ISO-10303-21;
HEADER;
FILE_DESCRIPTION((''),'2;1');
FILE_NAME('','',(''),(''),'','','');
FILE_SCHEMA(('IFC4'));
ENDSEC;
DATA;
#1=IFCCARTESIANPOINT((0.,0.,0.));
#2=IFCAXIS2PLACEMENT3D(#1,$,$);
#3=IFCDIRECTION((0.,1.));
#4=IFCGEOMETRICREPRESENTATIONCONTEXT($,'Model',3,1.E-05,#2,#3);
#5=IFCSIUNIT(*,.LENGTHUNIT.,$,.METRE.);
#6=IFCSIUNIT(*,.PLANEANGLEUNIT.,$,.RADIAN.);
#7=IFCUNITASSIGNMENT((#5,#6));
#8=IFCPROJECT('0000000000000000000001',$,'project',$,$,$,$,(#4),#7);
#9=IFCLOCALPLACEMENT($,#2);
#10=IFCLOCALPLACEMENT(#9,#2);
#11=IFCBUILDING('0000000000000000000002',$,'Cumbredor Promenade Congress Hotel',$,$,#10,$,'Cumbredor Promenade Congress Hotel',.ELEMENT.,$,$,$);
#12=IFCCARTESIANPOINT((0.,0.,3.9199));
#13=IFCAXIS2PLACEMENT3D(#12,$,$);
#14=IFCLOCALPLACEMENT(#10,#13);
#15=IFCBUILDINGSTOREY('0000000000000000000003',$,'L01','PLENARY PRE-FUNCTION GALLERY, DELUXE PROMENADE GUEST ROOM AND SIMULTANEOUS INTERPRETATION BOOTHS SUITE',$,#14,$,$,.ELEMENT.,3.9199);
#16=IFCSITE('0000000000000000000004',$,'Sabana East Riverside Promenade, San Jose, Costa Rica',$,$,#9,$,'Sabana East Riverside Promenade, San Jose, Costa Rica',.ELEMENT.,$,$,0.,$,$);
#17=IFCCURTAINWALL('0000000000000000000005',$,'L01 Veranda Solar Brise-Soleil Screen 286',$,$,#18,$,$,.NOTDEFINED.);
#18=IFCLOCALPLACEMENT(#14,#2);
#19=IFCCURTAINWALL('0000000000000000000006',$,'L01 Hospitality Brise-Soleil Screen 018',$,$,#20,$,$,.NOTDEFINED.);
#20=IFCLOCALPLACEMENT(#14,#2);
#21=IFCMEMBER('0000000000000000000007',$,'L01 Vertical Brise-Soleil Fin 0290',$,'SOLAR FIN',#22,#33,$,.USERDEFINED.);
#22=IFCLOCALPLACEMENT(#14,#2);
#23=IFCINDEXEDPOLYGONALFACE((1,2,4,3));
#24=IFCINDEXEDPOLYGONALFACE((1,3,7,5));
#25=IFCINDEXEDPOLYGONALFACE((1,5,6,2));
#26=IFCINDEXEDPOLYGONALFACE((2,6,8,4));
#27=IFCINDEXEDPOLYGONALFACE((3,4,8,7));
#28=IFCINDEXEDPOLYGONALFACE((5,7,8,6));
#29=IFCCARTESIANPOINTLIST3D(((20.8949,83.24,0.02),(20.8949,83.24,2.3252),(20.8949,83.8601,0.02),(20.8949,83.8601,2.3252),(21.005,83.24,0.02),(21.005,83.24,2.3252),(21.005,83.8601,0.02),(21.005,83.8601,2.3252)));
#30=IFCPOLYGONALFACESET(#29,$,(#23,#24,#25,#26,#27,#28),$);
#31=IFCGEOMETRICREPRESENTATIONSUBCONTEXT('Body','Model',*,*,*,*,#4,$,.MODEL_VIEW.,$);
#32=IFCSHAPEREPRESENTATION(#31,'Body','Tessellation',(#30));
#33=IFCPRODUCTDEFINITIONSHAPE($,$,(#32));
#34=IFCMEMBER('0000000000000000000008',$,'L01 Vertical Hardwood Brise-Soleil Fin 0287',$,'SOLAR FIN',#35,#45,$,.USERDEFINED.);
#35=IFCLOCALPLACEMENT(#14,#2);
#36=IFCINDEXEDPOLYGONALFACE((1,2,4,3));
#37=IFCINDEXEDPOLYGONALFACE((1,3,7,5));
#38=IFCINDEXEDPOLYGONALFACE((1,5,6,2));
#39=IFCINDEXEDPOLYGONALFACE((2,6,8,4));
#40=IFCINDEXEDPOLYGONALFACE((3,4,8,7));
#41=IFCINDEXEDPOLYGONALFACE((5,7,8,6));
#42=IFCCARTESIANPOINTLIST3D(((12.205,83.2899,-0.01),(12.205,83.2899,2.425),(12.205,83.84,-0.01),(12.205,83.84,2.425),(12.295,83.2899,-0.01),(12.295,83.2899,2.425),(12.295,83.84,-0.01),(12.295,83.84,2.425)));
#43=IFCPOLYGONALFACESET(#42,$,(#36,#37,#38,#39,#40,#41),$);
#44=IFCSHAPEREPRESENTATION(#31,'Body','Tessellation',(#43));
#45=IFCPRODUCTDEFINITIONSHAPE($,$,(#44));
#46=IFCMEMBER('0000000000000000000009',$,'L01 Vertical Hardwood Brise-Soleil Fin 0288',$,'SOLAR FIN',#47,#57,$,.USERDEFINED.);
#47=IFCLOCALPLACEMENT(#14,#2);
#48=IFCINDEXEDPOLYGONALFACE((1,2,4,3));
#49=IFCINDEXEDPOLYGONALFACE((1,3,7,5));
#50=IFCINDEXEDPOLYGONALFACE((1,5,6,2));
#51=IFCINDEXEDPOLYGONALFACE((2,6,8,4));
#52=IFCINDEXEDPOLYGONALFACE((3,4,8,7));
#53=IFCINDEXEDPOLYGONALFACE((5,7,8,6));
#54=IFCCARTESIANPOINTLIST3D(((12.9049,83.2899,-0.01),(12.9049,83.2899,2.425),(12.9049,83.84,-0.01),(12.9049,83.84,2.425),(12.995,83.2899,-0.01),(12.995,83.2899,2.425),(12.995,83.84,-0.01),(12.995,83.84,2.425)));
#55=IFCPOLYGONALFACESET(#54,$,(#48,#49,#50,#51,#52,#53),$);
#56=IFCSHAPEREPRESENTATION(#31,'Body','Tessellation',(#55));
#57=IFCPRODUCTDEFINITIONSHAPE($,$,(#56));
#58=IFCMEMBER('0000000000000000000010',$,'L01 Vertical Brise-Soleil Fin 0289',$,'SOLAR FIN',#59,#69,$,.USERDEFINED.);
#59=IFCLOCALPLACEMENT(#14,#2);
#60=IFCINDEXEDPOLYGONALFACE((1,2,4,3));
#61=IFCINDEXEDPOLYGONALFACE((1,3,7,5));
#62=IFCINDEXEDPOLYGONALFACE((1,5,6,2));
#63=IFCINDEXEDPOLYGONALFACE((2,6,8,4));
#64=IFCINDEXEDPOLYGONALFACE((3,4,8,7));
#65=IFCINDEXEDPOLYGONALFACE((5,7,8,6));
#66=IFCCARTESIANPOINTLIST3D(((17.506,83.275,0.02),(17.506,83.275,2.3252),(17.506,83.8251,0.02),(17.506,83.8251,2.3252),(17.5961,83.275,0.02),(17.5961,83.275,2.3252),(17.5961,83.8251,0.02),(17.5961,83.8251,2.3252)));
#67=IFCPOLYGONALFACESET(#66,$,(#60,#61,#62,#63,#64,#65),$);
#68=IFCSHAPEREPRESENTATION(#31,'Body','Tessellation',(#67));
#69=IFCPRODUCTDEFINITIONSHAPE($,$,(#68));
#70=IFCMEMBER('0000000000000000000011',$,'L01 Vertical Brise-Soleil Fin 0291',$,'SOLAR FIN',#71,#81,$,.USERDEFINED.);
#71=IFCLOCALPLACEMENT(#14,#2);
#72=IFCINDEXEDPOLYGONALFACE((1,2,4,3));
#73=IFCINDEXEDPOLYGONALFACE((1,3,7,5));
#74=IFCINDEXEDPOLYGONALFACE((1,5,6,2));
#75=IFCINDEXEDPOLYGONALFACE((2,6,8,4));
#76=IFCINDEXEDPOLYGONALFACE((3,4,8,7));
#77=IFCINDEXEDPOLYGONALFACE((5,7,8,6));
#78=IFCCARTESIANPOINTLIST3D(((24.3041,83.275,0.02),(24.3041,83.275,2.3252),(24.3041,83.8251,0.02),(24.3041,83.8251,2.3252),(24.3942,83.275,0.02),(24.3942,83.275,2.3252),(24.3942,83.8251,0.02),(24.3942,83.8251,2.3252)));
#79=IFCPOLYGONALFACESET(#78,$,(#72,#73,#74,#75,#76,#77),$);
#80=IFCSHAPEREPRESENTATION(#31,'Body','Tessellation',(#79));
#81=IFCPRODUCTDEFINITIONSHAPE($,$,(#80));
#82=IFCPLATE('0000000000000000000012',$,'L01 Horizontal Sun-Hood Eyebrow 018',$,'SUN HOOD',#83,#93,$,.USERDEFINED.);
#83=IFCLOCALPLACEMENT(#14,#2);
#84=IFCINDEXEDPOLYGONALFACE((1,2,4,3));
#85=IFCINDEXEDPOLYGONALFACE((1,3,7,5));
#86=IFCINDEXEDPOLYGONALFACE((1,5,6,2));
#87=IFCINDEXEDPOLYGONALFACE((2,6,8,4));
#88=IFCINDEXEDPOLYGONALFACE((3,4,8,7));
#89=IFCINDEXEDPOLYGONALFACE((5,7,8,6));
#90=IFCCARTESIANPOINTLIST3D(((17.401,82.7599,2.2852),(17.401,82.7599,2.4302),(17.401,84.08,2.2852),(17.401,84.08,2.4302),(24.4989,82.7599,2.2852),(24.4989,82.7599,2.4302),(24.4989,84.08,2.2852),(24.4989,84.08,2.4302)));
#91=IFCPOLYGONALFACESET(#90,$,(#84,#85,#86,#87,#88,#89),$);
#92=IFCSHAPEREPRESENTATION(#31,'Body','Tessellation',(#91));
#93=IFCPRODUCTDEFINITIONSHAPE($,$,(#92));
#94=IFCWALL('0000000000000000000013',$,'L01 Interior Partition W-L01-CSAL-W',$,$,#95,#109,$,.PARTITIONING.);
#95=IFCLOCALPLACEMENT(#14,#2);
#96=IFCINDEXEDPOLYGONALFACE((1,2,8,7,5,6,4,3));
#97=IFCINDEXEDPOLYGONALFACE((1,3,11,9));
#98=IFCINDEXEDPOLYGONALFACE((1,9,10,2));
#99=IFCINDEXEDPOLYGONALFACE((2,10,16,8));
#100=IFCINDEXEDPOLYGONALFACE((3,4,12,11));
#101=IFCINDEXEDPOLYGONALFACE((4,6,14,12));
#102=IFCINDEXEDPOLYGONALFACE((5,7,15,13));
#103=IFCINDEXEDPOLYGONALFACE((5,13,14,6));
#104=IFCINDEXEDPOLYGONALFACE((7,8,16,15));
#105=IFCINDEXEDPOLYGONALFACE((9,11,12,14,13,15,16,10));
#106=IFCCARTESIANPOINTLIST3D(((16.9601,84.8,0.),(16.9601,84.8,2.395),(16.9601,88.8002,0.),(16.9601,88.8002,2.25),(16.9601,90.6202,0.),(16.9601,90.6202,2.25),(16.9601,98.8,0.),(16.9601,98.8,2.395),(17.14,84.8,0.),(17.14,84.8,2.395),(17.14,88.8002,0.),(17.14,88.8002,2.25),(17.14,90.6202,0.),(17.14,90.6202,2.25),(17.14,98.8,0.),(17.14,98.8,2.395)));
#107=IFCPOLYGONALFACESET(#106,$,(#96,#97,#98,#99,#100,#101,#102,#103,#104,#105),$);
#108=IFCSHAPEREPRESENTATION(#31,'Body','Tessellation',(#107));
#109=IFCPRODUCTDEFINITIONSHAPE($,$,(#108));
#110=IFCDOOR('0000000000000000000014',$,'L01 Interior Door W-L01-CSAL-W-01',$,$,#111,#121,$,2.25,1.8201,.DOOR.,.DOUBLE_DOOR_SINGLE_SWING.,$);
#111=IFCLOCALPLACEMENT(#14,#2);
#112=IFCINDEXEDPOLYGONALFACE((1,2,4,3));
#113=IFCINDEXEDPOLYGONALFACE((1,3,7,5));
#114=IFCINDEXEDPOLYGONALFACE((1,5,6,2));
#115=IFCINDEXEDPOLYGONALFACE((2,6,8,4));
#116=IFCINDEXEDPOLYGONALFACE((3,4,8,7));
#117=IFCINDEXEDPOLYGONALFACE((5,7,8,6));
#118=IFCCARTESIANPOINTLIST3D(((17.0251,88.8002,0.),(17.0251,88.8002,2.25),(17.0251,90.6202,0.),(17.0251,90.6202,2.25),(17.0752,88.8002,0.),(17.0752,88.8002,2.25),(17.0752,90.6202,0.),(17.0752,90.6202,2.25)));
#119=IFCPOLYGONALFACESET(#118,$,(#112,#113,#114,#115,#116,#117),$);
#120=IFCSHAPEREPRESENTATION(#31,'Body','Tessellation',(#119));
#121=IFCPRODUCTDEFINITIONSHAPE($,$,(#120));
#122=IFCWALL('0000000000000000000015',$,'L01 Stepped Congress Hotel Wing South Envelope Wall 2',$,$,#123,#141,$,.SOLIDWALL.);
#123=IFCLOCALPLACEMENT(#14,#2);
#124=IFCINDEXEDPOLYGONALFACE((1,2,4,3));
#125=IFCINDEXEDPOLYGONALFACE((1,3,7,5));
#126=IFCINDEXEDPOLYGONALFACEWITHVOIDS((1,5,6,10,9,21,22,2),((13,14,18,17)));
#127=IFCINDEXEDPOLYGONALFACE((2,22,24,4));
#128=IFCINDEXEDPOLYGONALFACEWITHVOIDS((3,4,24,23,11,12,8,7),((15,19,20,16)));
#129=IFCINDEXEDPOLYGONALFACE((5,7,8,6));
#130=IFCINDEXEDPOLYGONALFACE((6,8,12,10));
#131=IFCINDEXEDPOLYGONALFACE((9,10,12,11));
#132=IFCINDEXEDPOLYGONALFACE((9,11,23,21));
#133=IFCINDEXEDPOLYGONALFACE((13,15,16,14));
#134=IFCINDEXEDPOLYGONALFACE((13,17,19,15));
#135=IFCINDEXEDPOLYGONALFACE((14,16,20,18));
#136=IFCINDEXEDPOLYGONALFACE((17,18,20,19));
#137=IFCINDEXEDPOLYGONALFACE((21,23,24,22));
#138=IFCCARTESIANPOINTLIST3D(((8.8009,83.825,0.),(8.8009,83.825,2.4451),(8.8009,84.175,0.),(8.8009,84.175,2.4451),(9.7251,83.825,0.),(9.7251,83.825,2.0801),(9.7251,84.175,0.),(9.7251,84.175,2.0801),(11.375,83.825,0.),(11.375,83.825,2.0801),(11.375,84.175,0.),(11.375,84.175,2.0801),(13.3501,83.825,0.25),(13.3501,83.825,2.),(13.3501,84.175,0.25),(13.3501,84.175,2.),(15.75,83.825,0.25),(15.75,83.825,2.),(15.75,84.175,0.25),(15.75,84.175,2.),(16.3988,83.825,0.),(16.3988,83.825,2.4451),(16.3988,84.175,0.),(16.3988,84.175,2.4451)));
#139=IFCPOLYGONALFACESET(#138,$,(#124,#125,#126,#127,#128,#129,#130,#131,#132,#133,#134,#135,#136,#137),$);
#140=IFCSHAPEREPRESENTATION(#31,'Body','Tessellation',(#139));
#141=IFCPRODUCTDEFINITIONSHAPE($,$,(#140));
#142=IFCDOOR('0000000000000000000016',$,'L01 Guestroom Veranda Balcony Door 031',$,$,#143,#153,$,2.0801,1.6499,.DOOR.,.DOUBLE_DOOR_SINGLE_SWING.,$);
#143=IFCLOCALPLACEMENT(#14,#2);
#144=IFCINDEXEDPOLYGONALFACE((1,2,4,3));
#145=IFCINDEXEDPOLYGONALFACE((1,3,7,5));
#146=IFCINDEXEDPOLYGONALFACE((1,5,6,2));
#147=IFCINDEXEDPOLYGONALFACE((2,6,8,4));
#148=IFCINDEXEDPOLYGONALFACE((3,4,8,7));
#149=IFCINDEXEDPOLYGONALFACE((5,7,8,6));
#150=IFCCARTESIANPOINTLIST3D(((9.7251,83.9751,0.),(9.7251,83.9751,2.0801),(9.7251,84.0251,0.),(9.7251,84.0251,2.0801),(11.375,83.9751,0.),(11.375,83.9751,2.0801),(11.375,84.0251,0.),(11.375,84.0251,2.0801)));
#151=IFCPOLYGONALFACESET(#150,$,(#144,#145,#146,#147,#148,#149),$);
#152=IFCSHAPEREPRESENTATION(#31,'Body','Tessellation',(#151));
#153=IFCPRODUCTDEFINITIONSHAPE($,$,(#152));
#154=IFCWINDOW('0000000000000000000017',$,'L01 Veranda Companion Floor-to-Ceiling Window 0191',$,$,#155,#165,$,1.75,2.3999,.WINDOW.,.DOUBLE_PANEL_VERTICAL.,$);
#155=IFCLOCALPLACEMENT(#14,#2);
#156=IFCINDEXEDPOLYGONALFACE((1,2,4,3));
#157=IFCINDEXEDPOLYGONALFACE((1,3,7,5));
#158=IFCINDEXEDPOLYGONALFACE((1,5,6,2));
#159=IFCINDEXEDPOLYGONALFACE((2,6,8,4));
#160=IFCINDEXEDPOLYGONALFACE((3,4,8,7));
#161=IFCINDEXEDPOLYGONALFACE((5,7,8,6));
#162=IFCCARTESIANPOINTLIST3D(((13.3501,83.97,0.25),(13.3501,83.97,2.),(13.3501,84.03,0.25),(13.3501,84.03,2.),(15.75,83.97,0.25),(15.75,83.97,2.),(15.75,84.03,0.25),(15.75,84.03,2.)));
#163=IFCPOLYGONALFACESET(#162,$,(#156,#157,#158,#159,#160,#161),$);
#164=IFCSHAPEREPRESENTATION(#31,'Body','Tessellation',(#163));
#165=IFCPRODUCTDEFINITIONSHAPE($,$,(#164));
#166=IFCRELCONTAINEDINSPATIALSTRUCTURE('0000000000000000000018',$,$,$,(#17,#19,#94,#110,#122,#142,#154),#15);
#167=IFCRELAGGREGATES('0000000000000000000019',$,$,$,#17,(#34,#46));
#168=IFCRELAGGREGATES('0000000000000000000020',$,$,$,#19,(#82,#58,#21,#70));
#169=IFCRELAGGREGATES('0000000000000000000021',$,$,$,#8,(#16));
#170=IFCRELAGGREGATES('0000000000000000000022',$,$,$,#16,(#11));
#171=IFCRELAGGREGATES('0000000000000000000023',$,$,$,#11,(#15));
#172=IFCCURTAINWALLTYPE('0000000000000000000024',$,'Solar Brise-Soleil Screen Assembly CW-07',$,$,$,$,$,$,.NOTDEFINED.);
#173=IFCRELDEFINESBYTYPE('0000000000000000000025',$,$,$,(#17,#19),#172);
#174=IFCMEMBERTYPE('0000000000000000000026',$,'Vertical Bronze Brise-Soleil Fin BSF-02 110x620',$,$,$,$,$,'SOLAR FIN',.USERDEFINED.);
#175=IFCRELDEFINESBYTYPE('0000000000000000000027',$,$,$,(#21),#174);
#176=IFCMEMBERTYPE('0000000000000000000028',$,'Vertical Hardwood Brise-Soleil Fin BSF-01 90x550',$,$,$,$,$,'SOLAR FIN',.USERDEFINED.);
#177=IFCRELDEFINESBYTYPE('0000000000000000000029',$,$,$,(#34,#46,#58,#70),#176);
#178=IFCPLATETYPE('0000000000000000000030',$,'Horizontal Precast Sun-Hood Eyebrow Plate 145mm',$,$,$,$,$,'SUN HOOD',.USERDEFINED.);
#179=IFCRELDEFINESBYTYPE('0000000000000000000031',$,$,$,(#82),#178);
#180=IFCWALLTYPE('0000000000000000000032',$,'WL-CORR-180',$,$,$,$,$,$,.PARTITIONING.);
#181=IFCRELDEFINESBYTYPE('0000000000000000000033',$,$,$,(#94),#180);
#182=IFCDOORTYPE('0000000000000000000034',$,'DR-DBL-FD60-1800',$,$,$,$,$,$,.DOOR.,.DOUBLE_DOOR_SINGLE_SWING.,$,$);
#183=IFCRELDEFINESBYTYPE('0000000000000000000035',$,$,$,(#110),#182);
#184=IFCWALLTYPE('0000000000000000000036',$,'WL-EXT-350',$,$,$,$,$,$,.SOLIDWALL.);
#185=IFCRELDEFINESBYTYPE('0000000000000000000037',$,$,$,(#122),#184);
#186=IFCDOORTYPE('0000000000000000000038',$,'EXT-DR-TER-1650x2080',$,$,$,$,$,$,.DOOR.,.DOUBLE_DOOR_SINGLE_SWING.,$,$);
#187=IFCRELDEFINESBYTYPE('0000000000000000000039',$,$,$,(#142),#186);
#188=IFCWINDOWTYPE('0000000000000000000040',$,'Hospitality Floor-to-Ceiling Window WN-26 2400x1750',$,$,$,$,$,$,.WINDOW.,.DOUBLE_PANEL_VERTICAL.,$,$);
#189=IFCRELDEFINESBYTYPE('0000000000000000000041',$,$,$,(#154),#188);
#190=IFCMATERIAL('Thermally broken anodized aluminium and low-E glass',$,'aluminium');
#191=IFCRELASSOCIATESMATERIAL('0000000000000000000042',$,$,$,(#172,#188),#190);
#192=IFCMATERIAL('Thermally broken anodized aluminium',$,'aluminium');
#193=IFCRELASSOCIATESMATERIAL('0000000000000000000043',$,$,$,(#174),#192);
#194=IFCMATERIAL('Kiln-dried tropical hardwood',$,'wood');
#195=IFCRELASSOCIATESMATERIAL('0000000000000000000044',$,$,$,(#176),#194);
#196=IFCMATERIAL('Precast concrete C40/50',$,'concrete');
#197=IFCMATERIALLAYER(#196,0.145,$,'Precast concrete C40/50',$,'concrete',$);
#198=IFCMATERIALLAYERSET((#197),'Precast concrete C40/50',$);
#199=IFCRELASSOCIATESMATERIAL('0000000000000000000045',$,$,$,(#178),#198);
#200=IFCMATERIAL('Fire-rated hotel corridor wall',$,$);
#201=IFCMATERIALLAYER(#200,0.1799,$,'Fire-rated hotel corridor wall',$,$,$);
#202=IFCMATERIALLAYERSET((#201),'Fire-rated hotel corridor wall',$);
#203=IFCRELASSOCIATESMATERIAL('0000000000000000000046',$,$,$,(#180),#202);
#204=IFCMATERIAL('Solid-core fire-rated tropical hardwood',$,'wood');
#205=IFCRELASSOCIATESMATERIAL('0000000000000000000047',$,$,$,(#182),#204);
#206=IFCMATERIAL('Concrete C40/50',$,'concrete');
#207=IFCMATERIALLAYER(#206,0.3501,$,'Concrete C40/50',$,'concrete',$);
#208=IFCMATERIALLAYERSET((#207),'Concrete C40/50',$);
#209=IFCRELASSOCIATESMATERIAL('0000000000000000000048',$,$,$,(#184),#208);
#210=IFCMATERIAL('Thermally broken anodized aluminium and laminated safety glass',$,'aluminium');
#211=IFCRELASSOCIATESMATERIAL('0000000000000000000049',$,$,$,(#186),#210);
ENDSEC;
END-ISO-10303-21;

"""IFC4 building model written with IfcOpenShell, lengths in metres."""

from ifc_helpers import new_model, si_unit, direction, frame, frame_2d, origin, origin_2d, place, context, subcontext, project, spatial, rectangle, extrude, material, layer, layer_set, material_profile, profile_set, type_object, element, fill, aggregate, save


model = new_model("IFC4")

# Units and contexts
model_context = context("Model", 3, precision=1e-05, world=origin(), true_north=direction((0.0, 1.0)))
body_context = subcontext(model_context, "Body", "Model", "MODEL_VIEW")
ifc_project = project(units=[si_unit("LENGTHUNIT", "METRE"), si_unit("PLANEANGLEUNIT", "RADIAN")], contexts=[model_context])

# Site, building, storey
site_placement = place(None, origin())
site = spatial("IfcSite", under=ifc_project, at=site_placement, Name="Sabana East Riverside Promenade, San Jose, Costa Rica", LongName="Sabana East Riverside Promenade, San Jose, Costa Rica", CompositionType="ELEMENT", RefElevation=0.0)
building_placement = place(site_placement, origin())
building = spatial("IfcBuilding", under=site, at=building_placement, Name="Cumbredor Promenade Congress Hotel", LongName="Cumbredor Promenade Congress Hotel", CompositionType="ELEMENT")
storey_placement = place(building_placement, frame((0.0, 0.0, 3.9199)))
storey = spatial("IfcBuildingStorey", under=building, at=storey_placement, Name="L01", Description="PLENARY PRE-FUNCTION GALLERY, DELUXE PROMENADE GUEST ROOM AND SIMULTANEOUS INTERPRETATION BOOTHS SUITE", CompositionType="ELEMENT", Elevation=3.9199)

# Shared definitions
ifc_material_1 = material(Name="Concrete C40/50", Category="concrete")

# Curtain walls
ifc_material_2 = material(Name="Thermally broken anodized aluminium and low-E glass", Category="aluminium")
curtain_wall_type_1 = type_object("IfcCurtainWallType", Name="Solar Brise-Soleil Screen Assembly CW-07", PredefinedType="NOTDEFINED", material=ifc_material_2)
curtain_wall_1_placement = place(storey_placement, origin())
curtain_wall_1 = element("IfcCurtainWall", 1, at=curtain_wall_1_placement, inside=storey, type_object=curtain_wall_type_1, Name="L01 Veranda Solar Brise-Soleil Screen 286", PredefinedType="NOTDEFINED")
ifc_material_3 = material(Name="Thermally broken anodized aluminium", Category="aluminium")
curtain_wall_2_placement = place(storey_placement, origin())
curtain_wall_2 = element("IfcCurtainWall", 2, at=curtain_wall_2_placement, inside=storey, type_object=curtain_wall_type_1, Name="L01 Hospitality Brise-Soleil Screen 018", PredefinedType="NOTDEFINED")

# Members
ifc_material_profile_1 = material_profile(ifc_material_3, rectangle(XDim=0.1101, YDim=0.6201, at=origin_2d()), Name="ARCH FIN 110x620")
ifc_profile_set_1 = profile_set([ifc_material_profile_1], Name="Thermally broken anodized aluminium")
member_type_1 = type_object("IfcMemberType", Name="Vertical Bronze Brise-Soleil Fin BSF-02 110x620", ElementType="SOLAR FIN", PredefinedType="USERDEFINED", material=ifc_profile_set_1)
member_1_placement = place(storey_placement, frame((20.95, 83.55, 0.02), z_axis=(0.0, 0.0, 1.0), x_axis=(1.0, 0.0, 0.0)))
member_1 = element("IfcMember", 3, at=member_1_placement, type_object=member_type_1, Name="L01 Vertical Brise-Soleil Fin 0290", ObjectType="SOLAR FIN", PredefinedType="USERDEFINED", context=body_context, shape_type="SweptSolid", body=[
    extrude(rectangle(XDim=0.1101, YDim=0.6201, at=origin_2d()), origin(), (0.0, 0.0, 1.0), 2.3052),
])
ifc_material_4 = material(Name="Kiln-dried tropical hardwood", Category="wood")
ifc_material_profile_2 = material_profile(ifc_material_4, rectangle(XDim=0.0901, YDim=0.55, at=origin_2d()), Name="ARCH FIN 90x550")
ifc_profile_set_2 = profile_set([ifc_material_profile_2], Name="Kiln-dried tropical hardwood")
member_type_2 = type_object("IfcMemberType", Name="Vertical Hardwood Brise-Soleil Fin BSF-01 90x550", ElementType="SOLAR FIN", PredefinedType="USERDEFINED", material=ifc_profile_set_2)
member_2_placement = place(storey_placement, frame((12.25, 83.5649, -0.01), z_axis=(0.0, 0.0, 1.0), x_axis=(1.0, 0.0, 0.0)))
member_2 = element("IfcMember", 4, at=member_2_placement, type_object=member_type_2, Name="L01 Vertical Hardwood Brise-Soleil Fin 0287", ObjectType="SOLAR FIN", PredefinedType="USERDEFINED", context=body_context, shape_type="SweptSolid", body=[
    extrude(rectangle(XDim=0.0901, YDim=0.55, at=origin_2d()), origin(), (0.0, 0.0, 1.0), 2.4351),
])
member_3_placement = place(storey_placement, frame((12.95, 83.5649, -0.01), z_axis=(0.0, 0.0, 1.0), x_axis=(1.0, 0.0, 0.0)))
member_3 = element("IfcMember", 5, at=member_3_placement, type_object=member_type_2, Name="L01 Vertical Hardwood Brise-Soleil Fin 0288", ObjectType="SOLAR FIN", PredefinedType="USERDEFINED", context=body_context, shape_type="SweptSolid", body=[
    extrude(rectangle(XDim=0.0901, YDim=0.55, at=origin_2d()), origin(), (0.0, 0.0, 1.0), 2.4351),
])
aggregate(curtain_wall_1, [member_2, member_3])
member_4_placement = place(storey_placement, frame((17.551, 83.55, 0.02), z_axis=(0.0, 0.0, 1.0), x_axis=(1.0, 0.0, 0.0)))
member_4 = element("IfcMember", 6, at=member_4_placement, type_object=member_type_2, Name="L01 Vertical Brise-Soleil Fin 0289", ObjectType="SOLAR FIN", PredefinedType="USERDEFINED", context=body_context, shape_type="SweptSolid", body=[
    extrude(rectangle(XDim=0.0901, YDim=0.55, at=origin_2d()), origin(), (0.0, 0.0, 1.0), 2.3052),
])
member_5_placement = place(storey_placement, frame((24.3491, 83.55, 0.02), z_axis=(0.0, 0.0, 1.0), x_axis=(1.0, 0.0, 0.0)))
member_5 = element("IfcMember", 7, at=member_5_placement, type_object=member_type_2, Name="L01 Vertical Brise-Soleil Fin 0291", ObjectType="SOLAR FIN", PredefinedType="USERDEFINED", context=body_context, shape_type="SweptSolid", body=[
    extrude(rectangle(XDim=0.0901, YDim=0.55, at=origin_2d()), origin(), (0.0, 0.0, 1.0), 2.3052),
])

# Plate
ifc_material_5 = material(Name="Precast concrete C40/50", Category="concrete")
ifc_layer_1 = layer(ifc_material_5, 0.145, Name="Precast concrete C40/50", Category="concrete")
ifc_layer_set_1 = layer_set([ifc_layer_1], Name="Precast concrete C40/50")
plate_type = type_object("IfcPlateType", Name="Horizontal Precast Sun-Hood Eyebrow Plate 145mm", ElementType="SUN HOOD", PredefinedType="USERDEFINED", material=ifc_layer_set_1)
plate_placement = place(storey_placement, frame((20.95, 83.4199, 2.2852), z_axis=(0.0, 0.0, 1.0), x_axis=(1.0, 0.0, 0.0)))
plate = element("IfcPlate", 8, at=plate_placement, type_object=plate_type, Name="L01 Horizontal Sun-Hood Eyebrow 018", ObjectType="SUN HOOD", PredefinedType="USERDEFINED", context=body_context, shape_type="SweptSolid", body=[
    extrude(rectangle(XDim=7.0979, YDim=1.3201, at=origin_2d()), origin(), (0.0, 0.0, 1.0), 0.145),
])
aggregate(curtain_wall_2, [plate, member_4, member_1, member_5])

# Wall, opening, door
ifc_material_6 = material(Name="Fire-rated hotel corridor wall")
ifc_layer_2 = layer(ifc_material_6, 0.1799, Name="Fire-rated hotel corridor wall")
ifc_layer_set_2 = layer_set([ifc_layer_2], Name="Fire-rated hotel corridor wall")
wall_type_1 = type_object("IfcWallType", Name="WL-CORR-180", PredefinedType="PARTITIONING", material=ifc_layer_set_2)
wall_1_placement = place(storey_placement, frame((17.05, 84.8, 0.0), z_axis=(0.0, 0.0, 1.0), x_axis=(0.0, 1.0, 0.0)))
wall_1 = element("IfcWall", 9, at=wall_1_placement, inside=storey, type_object=wall_type_1, Name="L01 Interior Partition W-L01-CSAL-W", PredefinedType="PARTITIONING", context=body_context, shape_type="SweptSolid", body=[
    extrude(rectangle(XDim=14.0, YDim=0.1799, at=frame_2d((7.0, 0.0))), origin(), (0.0, 0.0, 1.0), 2.395),
])
opening_1_placement = place(wall_1_placement, frame((4.0, 0.0, 0.0)))
opening_1 = element("IfcOpeningElement", 10, at=opening_1_placement, cuts=wall_1, PredefinedType="OPENING", context=body_context, shape_type="SweptSolid", body=[
    extrude(rectangle(XDim=1.8201, YDim=2.25, at=frame_2d((0.9102, 1.125))), frame((0.0, 0.1001, 0.0), z_axis=(0.0, -1.0, 0.0), x_axis=(1.0, 0.0, 0.0)), (0.0, 0.0, 1.0), 0.2),
])
ifc_material_7 = material(Name="Solid-core fire-rated tropical hardwood", Category="wood")
door_type_1 = type_object("IfcDoorType", Name="DR-DBL-FD60-1800", OperationType="DOUBLE_DOOR_SINGLE_SWING", PredefinedType="DOOR", material=ifc_material_7)
door_1_placement = place(opening_1_placement, origin())
door_1 = element("IfcDoor", 11, at=door_1_placement, inside=storey, type_object=door_type_1, Name="L01 Interior Door W-L01-CSAL-W-01", OperationType="DOUBLE_DOOR_SINGLE_SWING", OverallHeight=2.25, OverallWidth=1.8201, PredefinedType="DOOR", context=body_context, shape_type="SweptSolid", body=[
    extrude(rectangle(XDim=1.8201, YDim=2.25, at=frame_2d((0.9102, 1.125))), frame((0.0, 0.0249, 0.0), z_axis=(0.0, -1.0, 0.0), x_axis=(1.0, 0.0, 0.0)), (0.0, 0.0, 1.0), 0.05),
])
fill(opening_1, door_1)

# Wall, openings, door, window
ifc_layer_3 = layer(ifc_material_1, 0.3501, Name="Concrete C40/50", Category="concrete")
ifc_layer_set_3 = layer_set([ifc_layer_3], Name="Concrete C40/50")
wall_type_2 = type_object("IfcWallType", Name="WL-EXT-350", PredefinedType="SOLIDWALL", material=ifc_layer_set_3)
wall_2_placement = place(storey_placement, frame((8.801, 84.0, 0.0), z_axis=(0.0, 0.0, 1.0), x_axis=(1.0, 0.0, 0.0)))
wall_2 = element("IfcWall", 12, at=wall_2_placement, inside=storey, type_object=wall_type_2, Name="L01 Stepped Congress Hotel Wing South Envelope Wall 2", PredefinedType="SOLIDWALL", context=body_context, shape_type="SweptSolid", body=[
    extrude(rectangle(XDim=7.5979, YDim=0.3501, at=frame_2d((3.7988, 0.0))), origin(), (0.0, 0.0, 1.0), 2.4451),
])
opening_2_placement = place(wall_2_placement, frame((0.9241, 0.0, 0.0)))
opening_2 = element("IfcOpeningElement", 13, at=opening_2_placement, cuts=wall_2, PredefinedType="OPENING", context=body_context, shape_type="SweptSolid", body=[
    extrude(rectangle(XDim=1.6499, YDim=2.0801, at=frame_2d((0.825, 1.04))), frame((0.0, 0.1851, 0.0), z_axis=(0.0, -1.0, 0.0), x_axis=(1.0, 0.0, 0.0)), (0.0, 0.0, 1.0), 0.3701),
])
opening_3_placement = place(wall_2_placement, frame((4.5491, 0.0, 0.25)))
opening_3 = element("IfcOpeningElement", 14, at=opening_3_placement, cuts=wall_2, PredefinedType="OPENING", context=body_context, shape_type="SweptSolid", body=[
    extrude(rectangle(XDim=2.3999, YDim=1.75, at=frame_2d((1.2, 0.875))), frame((0.0, 0.1851, 0.0), z_axis=(0.0, -1.0, 0.0), x_axis=(1.0, 0.0, 0.0)), (0.0, 0.0, 1.0), 0.3701),
])
ifc_material_8 = material(Name="Thermally broken anodized aluminium and laminated safety glass", Category="aluminium")
door_type_2 = type_object("IfcDoorType", Name="EXT-DR-TER-1650x2080", OperationType="DOUBLE_DOOR_SINGLE_SWING", PredefinedType="DOOR", material=ifc_material_8)
door_2_placement = place(opening_2_placement, frame((1.6499, 0.0, 0.0), z_axis=(0.0, 0.0, 1.0), x_axis=(-1.0, 0.0, 0.0)))
door_2 = element("IfcDoor", 15, at=door_2_placement, inside=storey, type_object=door_type_2, Name="L01 Guestroom Veranda Balcony Door 031", OperationType="DOUBLE_DOOR_SINGLE_SWING", OverallHeight=2.0801, OverallWidth=1.6499, PredefinedType="DOOR", context=body_context, shape_type="SweptSolid", body=[
    extrude(rectangle(XDim=1.6499, YDim=2.0801, at=frame_2d((0.825, 1.04))), frame((0.0, 0.0249, 0.0), z_axis=(0.0, -1.0, 0.0), x_axis=(1.0, 0.0, 0.0)), (0.0, 0.0, 1.0), 0.05),
])
fill(opening_2, door_2)
window_type_1 = type_object("IfcWindowType", Name="Hospitality Floor-to-Ceiling Window WN-26 2400x1750", PartitioningType="DOUBLE_PANEL_VERTICAL", PredefinedType="WINDOW", material=ifc_material_2)
window_1_placement = place(opening_3_placement, origin())
window_1 = element("IfcWindow", 16, at=window_1_placement, inside=storey, type_object=window_type_1, Name="L01 Veranda Companion Floor-to-Ceiling Window 0191", OverallHeight=1.75, OverallWidth=2.3999, PartitioningType="DOUBLE_PANEL_VERTICAL", PredefinedType="WINDOW", context=body_context, shape_type="SweptSolid", body=[
    extrude(rectangle(XDim=2.3999, YDim=1.75, at=frame_2d((1.2, 0.875))), frame((0.0, 0.03, 0.0), z_axis=(0.0, -1.0, 0.0), x_axis=(1.0, 0.0, 0.0)), (0.0, 0.0, 1.0), 0.0601),
])
fill(opening_3, window_1)

save(model, "model.ifc")
